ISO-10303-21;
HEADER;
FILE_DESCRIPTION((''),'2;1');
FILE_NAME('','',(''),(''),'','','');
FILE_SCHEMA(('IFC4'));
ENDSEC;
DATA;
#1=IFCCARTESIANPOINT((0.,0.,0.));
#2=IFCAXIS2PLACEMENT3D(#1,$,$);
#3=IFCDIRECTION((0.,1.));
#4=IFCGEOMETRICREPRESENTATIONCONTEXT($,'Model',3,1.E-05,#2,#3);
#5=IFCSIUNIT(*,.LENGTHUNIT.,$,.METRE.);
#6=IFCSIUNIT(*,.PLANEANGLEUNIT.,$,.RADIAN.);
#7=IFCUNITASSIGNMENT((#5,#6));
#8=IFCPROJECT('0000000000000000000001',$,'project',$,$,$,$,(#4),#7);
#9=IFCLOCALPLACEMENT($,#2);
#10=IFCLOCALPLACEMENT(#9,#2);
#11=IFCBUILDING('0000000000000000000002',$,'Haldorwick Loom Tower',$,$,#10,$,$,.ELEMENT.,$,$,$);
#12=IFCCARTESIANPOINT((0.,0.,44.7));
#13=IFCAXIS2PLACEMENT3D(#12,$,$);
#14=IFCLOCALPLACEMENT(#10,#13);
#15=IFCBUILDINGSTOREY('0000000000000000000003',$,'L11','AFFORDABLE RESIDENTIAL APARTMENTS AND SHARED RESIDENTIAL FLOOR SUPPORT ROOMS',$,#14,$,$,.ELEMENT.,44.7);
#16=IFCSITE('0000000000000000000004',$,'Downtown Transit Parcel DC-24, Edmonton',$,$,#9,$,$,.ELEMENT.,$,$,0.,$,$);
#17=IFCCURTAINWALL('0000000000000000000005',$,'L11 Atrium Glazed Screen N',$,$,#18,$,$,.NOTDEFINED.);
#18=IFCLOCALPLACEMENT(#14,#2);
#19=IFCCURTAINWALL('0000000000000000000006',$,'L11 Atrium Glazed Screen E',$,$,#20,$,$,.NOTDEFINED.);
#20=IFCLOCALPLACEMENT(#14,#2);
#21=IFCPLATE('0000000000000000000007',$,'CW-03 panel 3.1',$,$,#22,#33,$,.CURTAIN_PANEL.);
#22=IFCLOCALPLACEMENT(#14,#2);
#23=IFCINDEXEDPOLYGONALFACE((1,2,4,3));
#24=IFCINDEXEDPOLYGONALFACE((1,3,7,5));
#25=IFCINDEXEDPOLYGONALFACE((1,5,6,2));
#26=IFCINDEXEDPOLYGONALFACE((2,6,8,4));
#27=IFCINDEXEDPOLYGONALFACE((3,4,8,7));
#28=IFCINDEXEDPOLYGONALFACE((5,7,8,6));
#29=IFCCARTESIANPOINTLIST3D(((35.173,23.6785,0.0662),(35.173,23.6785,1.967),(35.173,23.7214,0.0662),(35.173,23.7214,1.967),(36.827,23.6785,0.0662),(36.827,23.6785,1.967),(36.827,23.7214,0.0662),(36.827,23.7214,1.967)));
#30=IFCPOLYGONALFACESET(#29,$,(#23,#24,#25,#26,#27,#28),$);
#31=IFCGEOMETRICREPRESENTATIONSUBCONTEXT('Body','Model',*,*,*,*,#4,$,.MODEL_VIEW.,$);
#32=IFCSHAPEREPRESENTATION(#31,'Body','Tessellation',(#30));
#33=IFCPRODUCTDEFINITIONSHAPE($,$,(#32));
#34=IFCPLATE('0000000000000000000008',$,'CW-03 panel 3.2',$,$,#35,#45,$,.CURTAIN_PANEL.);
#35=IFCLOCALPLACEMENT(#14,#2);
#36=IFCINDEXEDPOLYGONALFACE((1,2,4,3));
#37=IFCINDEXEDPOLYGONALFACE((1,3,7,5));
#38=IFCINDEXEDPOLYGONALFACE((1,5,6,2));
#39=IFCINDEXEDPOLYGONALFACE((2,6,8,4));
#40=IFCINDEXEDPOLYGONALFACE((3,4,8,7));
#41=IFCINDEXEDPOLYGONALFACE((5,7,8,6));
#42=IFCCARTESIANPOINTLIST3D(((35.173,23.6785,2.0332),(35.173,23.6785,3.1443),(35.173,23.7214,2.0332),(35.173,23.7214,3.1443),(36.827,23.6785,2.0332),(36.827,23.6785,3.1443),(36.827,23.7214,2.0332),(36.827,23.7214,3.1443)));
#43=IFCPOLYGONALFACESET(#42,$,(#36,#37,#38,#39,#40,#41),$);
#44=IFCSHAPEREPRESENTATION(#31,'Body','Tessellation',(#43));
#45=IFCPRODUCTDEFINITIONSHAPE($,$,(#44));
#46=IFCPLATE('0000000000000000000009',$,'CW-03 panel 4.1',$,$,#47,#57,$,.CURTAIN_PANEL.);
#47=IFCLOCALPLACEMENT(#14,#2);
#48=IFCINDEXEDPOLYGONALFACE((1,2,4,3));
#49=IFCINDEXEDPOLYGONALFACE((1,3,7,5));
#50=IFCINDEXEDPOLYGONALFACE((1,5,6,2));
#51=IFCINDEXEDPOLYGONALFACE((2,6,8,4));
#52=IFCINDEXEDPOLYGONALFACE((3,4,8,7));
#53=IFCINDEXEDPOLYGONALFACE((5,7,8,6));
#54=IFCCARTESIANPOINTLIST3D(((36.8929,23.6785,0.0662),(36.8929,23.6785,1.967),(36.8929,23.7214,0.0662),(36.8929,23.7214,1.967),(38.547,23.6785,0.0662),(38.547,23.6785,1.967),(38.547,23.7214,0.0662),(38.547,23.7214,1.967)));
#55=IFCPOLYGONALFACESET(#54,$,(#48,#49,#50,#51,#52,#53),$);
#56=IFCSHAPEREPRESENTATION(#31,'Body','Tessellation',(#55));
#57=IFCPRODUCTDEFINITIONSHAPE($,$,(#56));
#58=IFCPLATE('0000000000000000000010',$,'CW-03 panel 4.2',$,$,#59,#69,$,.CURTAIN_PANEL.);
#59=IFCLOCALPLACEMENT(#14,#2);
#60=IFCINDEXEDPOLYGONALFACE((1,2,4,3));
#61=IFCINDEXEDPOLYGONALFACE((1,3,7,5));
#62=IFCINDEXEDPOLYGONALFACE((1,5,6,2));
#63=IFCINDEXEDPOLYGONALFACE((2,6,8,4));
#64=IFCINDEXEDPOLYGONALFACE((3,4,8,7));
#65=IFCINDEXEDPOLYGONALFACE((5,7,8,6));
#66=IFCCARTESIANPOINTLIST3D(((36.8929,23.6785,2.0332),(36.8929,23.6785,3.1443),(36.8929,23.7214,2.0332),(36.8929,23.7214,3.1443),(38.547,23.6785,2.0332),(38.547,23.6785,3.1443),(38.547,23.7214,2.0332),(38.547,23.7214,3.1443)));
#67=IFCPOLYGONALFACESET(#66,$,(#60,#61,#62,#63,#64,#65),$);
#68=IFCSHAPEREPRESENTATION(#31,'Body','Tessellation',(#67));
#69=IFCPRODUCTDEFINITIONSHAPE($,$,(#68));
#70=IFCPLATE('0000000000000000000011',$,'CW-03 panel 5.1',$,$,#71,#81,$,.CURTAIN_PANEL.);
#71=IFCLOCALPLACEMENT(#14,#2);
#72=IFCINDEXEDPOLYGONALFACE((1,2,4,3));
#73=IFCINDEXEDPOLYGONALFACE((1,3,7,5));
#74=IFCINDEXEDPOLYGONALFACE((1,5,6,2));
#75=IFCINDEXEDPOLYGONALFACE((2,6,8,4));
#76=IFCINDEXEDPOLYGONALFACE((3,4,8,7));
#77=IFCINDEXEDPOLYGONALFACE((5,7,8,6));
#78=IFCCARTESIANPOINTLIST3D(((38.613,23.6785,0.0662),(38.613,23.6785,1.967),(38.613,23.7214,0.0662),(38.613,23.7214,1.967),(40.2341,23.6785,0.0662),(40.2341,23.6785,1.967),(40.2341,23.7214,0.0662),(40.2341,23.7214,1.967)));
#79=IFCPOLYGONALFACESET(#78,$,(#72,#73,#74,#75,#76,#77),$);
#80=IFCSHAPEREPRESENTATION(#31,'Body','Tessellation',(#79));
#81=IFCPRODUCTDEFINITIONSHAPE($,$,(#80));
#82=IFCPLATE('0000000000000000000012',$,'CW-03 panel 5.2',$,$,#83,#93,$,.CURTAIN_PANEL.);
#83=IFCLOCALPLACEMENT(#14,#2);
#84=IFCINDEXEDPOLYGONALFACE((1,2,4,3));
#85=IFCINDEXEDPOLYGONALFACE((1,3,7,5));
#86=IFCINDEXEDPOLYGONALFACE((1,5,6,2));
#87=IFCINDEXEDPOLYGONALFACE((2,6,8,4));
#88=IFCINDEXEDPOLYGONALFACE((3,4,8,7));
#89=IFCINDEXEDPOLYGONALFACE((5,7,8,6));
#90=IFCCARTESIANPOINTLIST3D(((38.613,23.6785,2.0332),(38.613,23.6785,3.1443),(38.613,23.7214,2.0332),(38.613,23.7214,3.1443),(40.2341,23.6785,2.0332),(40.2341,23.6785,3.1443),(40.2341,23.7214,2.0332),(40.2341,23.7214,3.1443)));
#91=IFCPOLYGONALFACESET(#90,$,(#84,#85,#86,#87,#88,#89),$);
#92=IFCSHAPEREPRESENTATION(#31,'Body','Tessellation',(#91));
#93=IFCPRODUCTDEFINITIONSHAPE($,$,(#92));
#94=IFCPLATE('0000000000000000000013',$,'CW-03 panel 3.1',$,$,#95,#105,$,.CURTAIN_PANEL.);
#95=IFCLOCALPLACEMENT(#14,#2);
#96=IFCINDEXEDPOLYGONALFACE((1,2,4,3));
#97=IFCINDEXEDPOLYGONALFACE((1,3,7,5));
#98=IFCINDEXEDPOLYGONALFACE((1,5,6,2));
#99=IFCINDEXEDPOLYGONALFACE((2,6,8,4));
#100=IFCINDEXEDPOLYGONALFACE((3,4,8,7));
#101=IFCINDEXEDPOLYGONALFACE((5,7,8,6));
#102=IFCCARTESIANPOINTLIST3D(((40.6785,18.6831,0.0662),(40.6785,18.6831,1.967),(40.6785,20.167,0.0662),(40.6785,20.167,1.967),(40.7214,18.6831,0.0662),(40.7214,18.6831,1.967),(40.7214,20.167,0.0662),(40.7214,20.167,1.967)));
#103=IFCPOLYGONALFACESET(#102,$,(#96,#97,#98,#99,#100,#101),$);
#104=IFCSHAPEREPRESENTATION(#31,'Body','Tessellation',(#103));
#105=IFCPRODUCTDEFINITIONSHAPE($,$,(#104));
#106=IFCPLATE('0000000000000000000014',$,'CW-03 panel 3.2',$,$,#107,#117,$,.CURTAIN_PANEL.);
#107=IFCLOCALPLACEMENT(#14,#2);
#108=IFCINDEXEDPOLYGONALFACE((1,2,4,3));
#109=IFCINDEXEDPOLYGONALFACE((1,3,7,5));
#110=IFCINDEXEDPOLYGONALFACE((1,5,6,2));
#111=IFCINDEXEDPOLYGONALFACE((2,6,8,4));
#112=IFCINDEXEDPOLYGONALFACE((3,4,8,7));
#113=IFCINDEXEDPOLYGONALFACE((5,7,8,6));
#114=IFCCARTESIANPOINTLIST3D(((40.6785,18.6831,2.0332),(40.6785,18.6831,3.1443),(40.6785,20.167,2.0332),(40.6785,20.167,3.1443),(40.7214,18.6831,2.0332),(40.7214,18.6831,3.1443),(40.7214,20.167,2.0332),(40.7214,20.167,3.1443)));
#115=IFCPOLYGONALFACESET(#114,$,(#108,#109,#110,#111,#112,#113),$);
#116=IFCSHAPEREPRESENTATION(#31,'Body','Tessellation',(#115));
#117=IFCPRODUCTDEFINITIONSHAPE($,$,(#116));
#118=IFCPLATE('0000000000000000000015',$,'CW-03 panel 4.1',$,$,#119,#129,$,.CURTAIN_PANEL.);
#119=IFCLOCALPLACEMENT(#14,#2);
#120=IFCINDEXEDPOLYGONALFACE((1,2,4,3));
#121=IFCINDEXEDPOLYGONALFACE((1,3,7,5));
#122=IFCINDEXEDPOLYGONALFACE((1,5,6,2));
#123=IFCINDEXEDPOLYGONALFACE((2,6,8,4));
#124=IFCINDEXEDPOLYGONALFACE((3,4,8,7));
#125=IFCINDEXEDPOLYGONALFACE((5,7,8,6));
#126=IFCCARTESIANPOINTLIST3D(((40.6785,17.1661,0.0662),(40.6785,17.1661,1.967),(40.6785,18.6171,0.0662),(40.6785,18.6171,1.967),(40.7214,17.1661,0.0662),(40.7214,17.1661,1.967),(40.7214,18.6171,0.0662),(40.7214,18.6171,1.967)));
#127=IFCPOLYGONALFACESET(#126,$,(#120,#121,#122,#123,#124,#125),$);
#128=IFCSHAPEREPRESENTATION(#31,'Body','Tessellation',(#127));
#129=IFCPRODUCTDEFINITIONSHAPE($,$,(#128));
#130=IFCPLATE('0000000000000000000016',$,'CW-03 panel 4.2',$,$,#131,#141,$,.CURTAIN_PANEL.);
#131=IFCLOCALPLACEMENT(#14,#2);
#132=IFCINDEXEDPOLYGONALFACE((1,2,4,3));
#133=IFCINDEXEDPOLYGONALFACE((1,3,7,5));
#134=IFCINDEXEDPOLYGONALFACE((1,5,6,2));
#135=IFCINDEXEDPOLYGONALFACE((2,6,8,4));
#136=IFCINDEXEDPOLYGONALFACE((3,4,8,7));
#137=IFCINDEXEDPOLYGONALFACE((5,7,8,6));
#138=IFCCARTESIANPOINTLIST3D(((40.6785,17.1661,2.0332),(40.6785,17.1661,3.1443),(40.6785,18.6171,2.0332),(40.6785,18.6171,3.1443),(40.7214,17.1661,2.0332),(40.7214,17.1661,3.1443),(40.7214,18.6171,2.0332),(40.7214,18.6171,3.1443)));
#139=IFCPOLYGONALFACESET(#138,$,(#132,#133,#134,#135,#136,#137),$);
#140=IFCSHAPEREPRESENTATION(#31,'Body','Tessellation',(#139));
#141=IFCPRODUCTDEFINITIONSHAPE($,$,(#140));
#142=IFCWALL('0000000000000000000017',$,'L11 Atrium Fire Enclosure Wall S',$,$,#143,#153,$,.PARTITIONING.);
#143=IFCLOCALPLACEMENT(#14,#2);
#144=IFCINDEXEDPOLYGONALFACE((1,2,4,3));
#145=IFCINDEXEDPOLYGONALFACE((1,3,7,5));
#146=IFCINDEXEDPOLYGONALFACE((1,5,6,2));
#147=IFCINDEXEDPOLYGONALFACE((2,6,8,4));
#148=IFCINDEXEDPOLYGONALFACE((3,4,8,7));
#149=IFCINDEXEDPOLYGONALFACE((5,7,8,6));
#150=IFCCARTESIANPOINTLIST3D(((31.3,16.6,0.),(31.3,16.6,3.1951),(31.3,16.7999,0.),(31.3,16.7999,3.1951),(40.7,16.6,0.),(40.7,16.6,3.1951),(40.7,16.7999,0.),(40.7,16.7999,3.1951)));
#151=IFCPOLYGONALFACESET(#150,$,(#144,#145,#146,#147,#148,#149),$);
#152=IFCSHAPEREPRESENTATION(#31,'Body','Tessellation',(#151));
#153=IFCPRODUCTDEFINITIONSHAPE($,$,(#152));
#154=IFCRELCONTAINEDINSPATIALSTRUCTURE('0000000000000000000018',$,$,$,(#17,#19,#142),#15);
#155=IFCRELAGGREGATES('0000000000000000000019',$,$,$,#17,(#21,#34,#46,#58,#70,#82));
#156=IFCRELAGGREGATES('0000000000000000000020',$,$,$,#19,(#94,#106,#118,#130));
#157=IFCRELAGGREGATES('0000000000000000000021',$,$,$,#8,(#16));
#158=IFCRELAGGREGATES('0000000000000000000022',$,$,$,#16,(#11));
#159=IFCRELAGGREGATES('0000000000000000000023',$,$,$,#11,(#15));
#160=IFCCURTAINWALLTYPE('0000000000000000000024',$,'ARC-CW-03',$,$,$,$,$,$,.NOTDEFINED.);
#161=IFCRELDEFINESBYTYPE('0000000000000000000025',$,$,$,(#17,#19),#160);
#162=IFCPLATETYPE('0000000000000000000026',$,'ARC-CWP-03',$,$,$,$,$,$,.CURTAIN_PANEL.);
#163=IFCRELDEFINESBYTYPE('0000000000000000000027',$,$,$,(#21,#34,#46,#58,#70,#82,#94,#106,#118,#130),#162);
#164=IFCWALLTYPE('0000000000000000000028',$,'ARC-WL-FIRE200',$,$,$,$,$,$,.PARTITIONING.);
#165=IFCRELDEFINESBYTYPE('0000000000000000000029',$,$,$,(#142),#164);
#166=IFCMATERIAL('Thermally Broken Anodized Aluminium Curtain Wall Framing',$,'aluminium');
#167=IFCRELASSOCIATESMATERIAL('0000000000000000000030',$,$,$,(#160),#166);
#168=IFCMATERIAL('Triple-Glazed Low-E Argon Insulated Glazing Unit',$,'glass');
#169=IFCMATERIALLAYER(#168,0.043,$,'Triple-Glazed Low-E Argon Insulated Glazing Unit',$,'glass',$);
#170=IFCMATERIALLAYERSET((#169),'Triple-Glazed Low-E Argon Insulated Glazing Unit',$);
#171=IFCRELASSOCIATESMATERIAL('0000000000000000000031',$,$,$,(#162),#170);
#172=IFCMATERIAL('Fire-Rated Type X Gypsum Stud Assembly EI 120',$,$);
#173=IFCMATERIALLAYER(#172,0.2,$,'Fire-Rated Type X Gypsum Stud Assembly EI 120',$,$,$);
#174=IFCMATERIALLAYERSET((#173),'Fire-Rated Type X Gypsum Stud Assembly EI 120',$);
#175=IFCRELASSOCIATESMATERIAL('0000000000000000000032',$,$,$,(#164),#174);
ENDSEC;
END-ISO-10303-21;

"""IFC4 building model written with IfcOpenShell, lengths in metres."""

from ifc_helpers import new_model, si_unit, direction, frame, frame_2d, origin, origin_2d, place, context, subcontext, project, spatial, rectangle, extrude, material, layer, layer_set, type_object, element, aggregate, save


model = new_model("IFC4")

# Units and contexts
model_context = context("Model", 3, precision=1e-05, world=origin(), true_north=direction((0.0, 1.0)))
body_context = subcontext(model_context, "Body", "Model", "MODEL_VIEW")
ifc_project = project(units=[si_unit("LENGTHUNIT", "METRE"), si_unit("PLANEANGLEUNIT", "RADIAN")], contexts=[model_context])

# Site, building, storey
site_placement = place(None, origin())
site = spatial("IfcSite", under=ifc_project, at=site_placement, Name="Downtown Transit Parcel DC-24, Edmonton", CompositionType="ELEMENT", RefElevation=0.0)
building_placement = place(site_placement, origin())
building = spatial("IfcBuilding", under=site, at=building_placement, Name="Haldorwick Loom Tower", CompositionType="ELEMENT")
storey_placement = place(building_placement, frame((0.0, 0.0, 44.7)))
storey = spatial("IfcBuildingStorey", under=building, at=storey_placement, Name="L11", Description="AFFORDABLE RESIDENTIAL APARTMENTS AND SHARED RESIDENTIAL FLOOR SUPPORT ROOMS", CompositionType="ELEMENT", Elevation=44.7)

# Curtain walls
ifc_material_1 = material(Name="Thermally Broken Anodized Aluminium Curtain Wall Framing", Category="aluminium")
curtain_wall_type = type_object("IfcCurtainWallType", Name="ARC-CW-03", PredefinedType="NOTDEFINED", material=ifc_material_1)
curtain_wall_1_placement = place(storey_placement, origin())
curtain_wall_1 = element("IfcCurtainWall", 1, at=curtain_wall_1_placement, inside=storey, type_object=curtain_wall_type, Name="L11 Atrium Glazed Screen N", PredefinedType="NOTDEFINED")
curtain_wall_2_placement = place(storey_placement, origin())
curtain_wall_2 = element("IfcCurtainWall", 2, at=curtain_wall_2_placement, inside=storey, type_object=curtain_wall_type, Name="L11 Atrium Glazed Screen E", PredefinedType="NOTDEFINED")

# Plates
ifc_material_2 = material(Name="Triple-Glazed Low-E Argon Insulated Glazing Unit", Category="glass")
ifc_layer_1 = layer(ifc_material_2, 0.043, Name="Triple-Glazed Low-E Argon Insulated Glazing Unit", Category="glass")
ifc_layer_set_1 = layer_set([ifc_layer_1], Name="Triple-Glazed Low-E Argon Insulated Glazing Unit")
plate_type = type_object("IfcPlateType", Name="ARC-CWP-03", PredefinedType="CURTAIN_PANEL", material=ifc_layer_set_1)
plate_1_placement = place(storey_placement, frame((36.0, 23.7, 0.0662), z_axis=(0.0, 0.0, 1.0), x_axis=(1.0, 0.0, 0.0)))
plate_1 = element("IfcPlate", 3, at=plate_1_placement, type_object=plate_type, Name="CW-03 panel 3.1", PredefinedType="CURTAIN_PANEL", context=body_context, shape_type="SweptSolid", body=[
    extrude(rectangle(XDim=1.6541, YDim=0.043, at=origin_2d()), origin(), (0.0, 0.0, 1.0), 1.9009),
])
plate_2_placement = place(storey_placement, frame((36.0, 23.7, 2.0332), z_axis=(0.0, 0.0, 1.0), x_axis=(1.0, 0.0, 0.0)))
plate_2 = element("IfcPlate", 4, at=plate_2_placement, type_object=plate_type, Name="CW-03 panel 3.2", PredefinedType="CURTAIN_PANEL", context=body_context, shape_type="SweptSolid", body=[
    extrude(rectangle(XDim=1.6541, YDim=0.043, at=origin_2d()), origin(), (0.0, 0.0, 1.0), 1.1111),
])
plate_3_placement = place(storey_placement, frame((37.72, 23.7, 0.0662), z_axis=(0.0, 0.0, 1.0), x_axis=(1.0, 0.0, 0.0)))
plate_3 = element("IfcPlate", 5, at=plate_3_placement, type_object=plate_type, Name="CW-03 panel 4.1", PredefinedType="CURTAIN_PANEL", context=body_context, shape_type="SweptSolid", body=[
    extrude(rectangle(XDim=1.6541, YDim=0.043, at=origin_2d()), origin(), (0.0, 0.0, 1.0), 1.9009),
])
plate_4_placement = place(storey_placement, frame((37.72, 23.7, 2.0332), z_axis=(0.0, 0.0, 1.0), x_axis=(1.0, 0.0, 0.0)))
plate_4 = element("IfcPlate", 6, at=plate_4_placement, type_object=plate_type, Name="CW-03 panel 4.2", PredefinedType="CURTAIN_PANEL", context=body_context, shape_type="SweptSolid", body=[
    extrude(rectangle(XDim=1.6541, YDim=0.043, at=origin_2d()), origin(), (0.0, 0.0, 1.0), 1.1111),
])
plate_5_placement = place(storey_placement, frame((39.4236, 23.7, 0.0662), z_axis=(0.0, 0.0, 1.0), x_axis=(1.0, 0.0, 0.0)))
plate_5 = element("IfcPlate", 7, at=plate_5_placement, type_object=plate_type, Name="CW-03 panel 5.1", PredefinedType="CURTAIN_PANEL", context=body_context, shape_type="SweptSolid", body=[
    extrude(rectangle(XDim=1.6211, YDim=0.043, at=origin_2d()), origin(), (0.0, 0.0, 1.0), 1.9009),
])
plate_6_placement = place(storey_placement, frame((39.4236, 23.7, 2.0332), z_axis=(0.0, 0.0, 1.0), x_axis=(1.0, 0.0, 0.0)))
plate_6 = element("IfcPlate", 8, at=plate_6_placement, type_object=plate_type, Name="CW-03 panel 5.2", PredefinedType="CURTAIN_PANEL", context=body_context, shape_type="SweptSolid", body=[
    extrude(rectangle(XDim=1.6211, YDim=0.043, at=origin_2d()), origin(), (0.0, 0.0, 1.0), 1.1111),
])
aggregate(curtain_wall_1, [plate_1, plate_2, plate_3, plate_4, plate_5, plate_6])
plate_7_placement = place(storey_placement, frame((40.7, 19.425, 0.0662), z_axis=(0.0, 0.0, 1.0), x_axis=(0.0, -1.0, 0.0)))
plate_7 = element("IfcPlate", 9, at=plate_7_placement, type_object=plate_type, Name="CW-03 panel 3.1", PredefinedType="CURTAIN_PANEL", context=body_context, shape_type="SweptSolid", body=[
    extrude(rectangle(XDim=1.4839, YDim=0.043, at=origin_2d()), origin(), (0.0, 0.0, 1.0), 1.9009),
])
plate_8_placement = place(storey_placement, frame((40.7, 19.425, 2.0332), z_axis=(0.0, 0.0, 1.0), x_axis=(0.0, -1.0, 0.0)))
plate_8 = element("IfcPlate", 10, at=plate_8_placement, type_object=plate_type, Name="CW-03 panel 3.2", PredefinedType="CURTAIN_PANEL", context=body_context, shape_type="SweptSolid", body=[
    extrude(rectangle(XDim=1.4839, YDim=0.043, at=origin_2d()), origin(), (0.0, 0.0, 1.0), 1.1111),
])
plate_9_placement = place(storey_placement, frame((40.7, 17.8916, 0.0662), z_axis=(0.0, 0.0, 1.0), x_axis=(0.0, -1.0, 0.0)))
plate_9 = element("IfcPlate", 11, at=plate_9_placement, type_object=plate_type, Name="CW-03 panel 4.1", PredefinedType="CURTAIN_PANEL", context=body_context, shape_type="SweptSolid", body=[
    extrude(rectangle(XDim=1.4509, YDim=0.043, at=origin_2d()), origin(), (0.0, 0.0, 1.0), 1.9009),
])
plate_10_placement = place(storey_placement, frame((40.7, 17.8916, 2.0332), z_axis=(0.0, 0.0, 1.0), x_axis=(0.0, -1.0, 0.0)))
plate_10 = element("IfcPlate", 12, at=plate_10_placement, type_object=plate_type, Name="CW-03 panel 4.2", PredefinedType="CURTAIN_PANEL", context=body_context, shape_type="SweptSolid", body=[
    extrude(rectangle(XDim=1.4509, YDim=0.043, at=origin_2d()), origin(), (0.0, 0.0, 1.0), 1.1111),
])
aggregate(curtain_wall_2, [plate_7, plate_8, plate_9, plate_10])

# Wall
ifc_material_3 = material(Name="Fire-Rated Type X Gypsum Stud Assembly EI 120")
ifc_layer_2 = layer(ifc_material_3, 0.2, Name="Fire-Rated Type X Gypsum Stud Assembly EI 120")
ifc_layer_set_2 = layer_set([ifc_layer_2], Name="Fire-Rated Type X Gypsum Stud Assembly EI 120")
wall_type = type_object("IfcWallType", Name="ARC-WL-FIRE200", PredefinedType="PARTITIONING", material=ifc_layer_set_2)
wall_placement = place(storey_placement, frame((40.7, 16.7, 0.0), z_axis=(0.0, 0.0, 1.0), x_axis=(-1.0, 0.0, 0.0)))
element("IfcWall", 13, at=wall_placement, inside=storey, type_object=wall_type, Name="L11 Atrium Fire Enclosure Wall S", PredefinedType="PARTITIONING", context=body_context, shape_type="SweptSolid", body=[
    extrude(rectangle(XDim=9.3999, YDim=0.2, at=frame_2d((4.7, 0.0))), origin(), (0.0, 0.0, 1.0), 3.1951),
])

save(model, "model.ifc")
